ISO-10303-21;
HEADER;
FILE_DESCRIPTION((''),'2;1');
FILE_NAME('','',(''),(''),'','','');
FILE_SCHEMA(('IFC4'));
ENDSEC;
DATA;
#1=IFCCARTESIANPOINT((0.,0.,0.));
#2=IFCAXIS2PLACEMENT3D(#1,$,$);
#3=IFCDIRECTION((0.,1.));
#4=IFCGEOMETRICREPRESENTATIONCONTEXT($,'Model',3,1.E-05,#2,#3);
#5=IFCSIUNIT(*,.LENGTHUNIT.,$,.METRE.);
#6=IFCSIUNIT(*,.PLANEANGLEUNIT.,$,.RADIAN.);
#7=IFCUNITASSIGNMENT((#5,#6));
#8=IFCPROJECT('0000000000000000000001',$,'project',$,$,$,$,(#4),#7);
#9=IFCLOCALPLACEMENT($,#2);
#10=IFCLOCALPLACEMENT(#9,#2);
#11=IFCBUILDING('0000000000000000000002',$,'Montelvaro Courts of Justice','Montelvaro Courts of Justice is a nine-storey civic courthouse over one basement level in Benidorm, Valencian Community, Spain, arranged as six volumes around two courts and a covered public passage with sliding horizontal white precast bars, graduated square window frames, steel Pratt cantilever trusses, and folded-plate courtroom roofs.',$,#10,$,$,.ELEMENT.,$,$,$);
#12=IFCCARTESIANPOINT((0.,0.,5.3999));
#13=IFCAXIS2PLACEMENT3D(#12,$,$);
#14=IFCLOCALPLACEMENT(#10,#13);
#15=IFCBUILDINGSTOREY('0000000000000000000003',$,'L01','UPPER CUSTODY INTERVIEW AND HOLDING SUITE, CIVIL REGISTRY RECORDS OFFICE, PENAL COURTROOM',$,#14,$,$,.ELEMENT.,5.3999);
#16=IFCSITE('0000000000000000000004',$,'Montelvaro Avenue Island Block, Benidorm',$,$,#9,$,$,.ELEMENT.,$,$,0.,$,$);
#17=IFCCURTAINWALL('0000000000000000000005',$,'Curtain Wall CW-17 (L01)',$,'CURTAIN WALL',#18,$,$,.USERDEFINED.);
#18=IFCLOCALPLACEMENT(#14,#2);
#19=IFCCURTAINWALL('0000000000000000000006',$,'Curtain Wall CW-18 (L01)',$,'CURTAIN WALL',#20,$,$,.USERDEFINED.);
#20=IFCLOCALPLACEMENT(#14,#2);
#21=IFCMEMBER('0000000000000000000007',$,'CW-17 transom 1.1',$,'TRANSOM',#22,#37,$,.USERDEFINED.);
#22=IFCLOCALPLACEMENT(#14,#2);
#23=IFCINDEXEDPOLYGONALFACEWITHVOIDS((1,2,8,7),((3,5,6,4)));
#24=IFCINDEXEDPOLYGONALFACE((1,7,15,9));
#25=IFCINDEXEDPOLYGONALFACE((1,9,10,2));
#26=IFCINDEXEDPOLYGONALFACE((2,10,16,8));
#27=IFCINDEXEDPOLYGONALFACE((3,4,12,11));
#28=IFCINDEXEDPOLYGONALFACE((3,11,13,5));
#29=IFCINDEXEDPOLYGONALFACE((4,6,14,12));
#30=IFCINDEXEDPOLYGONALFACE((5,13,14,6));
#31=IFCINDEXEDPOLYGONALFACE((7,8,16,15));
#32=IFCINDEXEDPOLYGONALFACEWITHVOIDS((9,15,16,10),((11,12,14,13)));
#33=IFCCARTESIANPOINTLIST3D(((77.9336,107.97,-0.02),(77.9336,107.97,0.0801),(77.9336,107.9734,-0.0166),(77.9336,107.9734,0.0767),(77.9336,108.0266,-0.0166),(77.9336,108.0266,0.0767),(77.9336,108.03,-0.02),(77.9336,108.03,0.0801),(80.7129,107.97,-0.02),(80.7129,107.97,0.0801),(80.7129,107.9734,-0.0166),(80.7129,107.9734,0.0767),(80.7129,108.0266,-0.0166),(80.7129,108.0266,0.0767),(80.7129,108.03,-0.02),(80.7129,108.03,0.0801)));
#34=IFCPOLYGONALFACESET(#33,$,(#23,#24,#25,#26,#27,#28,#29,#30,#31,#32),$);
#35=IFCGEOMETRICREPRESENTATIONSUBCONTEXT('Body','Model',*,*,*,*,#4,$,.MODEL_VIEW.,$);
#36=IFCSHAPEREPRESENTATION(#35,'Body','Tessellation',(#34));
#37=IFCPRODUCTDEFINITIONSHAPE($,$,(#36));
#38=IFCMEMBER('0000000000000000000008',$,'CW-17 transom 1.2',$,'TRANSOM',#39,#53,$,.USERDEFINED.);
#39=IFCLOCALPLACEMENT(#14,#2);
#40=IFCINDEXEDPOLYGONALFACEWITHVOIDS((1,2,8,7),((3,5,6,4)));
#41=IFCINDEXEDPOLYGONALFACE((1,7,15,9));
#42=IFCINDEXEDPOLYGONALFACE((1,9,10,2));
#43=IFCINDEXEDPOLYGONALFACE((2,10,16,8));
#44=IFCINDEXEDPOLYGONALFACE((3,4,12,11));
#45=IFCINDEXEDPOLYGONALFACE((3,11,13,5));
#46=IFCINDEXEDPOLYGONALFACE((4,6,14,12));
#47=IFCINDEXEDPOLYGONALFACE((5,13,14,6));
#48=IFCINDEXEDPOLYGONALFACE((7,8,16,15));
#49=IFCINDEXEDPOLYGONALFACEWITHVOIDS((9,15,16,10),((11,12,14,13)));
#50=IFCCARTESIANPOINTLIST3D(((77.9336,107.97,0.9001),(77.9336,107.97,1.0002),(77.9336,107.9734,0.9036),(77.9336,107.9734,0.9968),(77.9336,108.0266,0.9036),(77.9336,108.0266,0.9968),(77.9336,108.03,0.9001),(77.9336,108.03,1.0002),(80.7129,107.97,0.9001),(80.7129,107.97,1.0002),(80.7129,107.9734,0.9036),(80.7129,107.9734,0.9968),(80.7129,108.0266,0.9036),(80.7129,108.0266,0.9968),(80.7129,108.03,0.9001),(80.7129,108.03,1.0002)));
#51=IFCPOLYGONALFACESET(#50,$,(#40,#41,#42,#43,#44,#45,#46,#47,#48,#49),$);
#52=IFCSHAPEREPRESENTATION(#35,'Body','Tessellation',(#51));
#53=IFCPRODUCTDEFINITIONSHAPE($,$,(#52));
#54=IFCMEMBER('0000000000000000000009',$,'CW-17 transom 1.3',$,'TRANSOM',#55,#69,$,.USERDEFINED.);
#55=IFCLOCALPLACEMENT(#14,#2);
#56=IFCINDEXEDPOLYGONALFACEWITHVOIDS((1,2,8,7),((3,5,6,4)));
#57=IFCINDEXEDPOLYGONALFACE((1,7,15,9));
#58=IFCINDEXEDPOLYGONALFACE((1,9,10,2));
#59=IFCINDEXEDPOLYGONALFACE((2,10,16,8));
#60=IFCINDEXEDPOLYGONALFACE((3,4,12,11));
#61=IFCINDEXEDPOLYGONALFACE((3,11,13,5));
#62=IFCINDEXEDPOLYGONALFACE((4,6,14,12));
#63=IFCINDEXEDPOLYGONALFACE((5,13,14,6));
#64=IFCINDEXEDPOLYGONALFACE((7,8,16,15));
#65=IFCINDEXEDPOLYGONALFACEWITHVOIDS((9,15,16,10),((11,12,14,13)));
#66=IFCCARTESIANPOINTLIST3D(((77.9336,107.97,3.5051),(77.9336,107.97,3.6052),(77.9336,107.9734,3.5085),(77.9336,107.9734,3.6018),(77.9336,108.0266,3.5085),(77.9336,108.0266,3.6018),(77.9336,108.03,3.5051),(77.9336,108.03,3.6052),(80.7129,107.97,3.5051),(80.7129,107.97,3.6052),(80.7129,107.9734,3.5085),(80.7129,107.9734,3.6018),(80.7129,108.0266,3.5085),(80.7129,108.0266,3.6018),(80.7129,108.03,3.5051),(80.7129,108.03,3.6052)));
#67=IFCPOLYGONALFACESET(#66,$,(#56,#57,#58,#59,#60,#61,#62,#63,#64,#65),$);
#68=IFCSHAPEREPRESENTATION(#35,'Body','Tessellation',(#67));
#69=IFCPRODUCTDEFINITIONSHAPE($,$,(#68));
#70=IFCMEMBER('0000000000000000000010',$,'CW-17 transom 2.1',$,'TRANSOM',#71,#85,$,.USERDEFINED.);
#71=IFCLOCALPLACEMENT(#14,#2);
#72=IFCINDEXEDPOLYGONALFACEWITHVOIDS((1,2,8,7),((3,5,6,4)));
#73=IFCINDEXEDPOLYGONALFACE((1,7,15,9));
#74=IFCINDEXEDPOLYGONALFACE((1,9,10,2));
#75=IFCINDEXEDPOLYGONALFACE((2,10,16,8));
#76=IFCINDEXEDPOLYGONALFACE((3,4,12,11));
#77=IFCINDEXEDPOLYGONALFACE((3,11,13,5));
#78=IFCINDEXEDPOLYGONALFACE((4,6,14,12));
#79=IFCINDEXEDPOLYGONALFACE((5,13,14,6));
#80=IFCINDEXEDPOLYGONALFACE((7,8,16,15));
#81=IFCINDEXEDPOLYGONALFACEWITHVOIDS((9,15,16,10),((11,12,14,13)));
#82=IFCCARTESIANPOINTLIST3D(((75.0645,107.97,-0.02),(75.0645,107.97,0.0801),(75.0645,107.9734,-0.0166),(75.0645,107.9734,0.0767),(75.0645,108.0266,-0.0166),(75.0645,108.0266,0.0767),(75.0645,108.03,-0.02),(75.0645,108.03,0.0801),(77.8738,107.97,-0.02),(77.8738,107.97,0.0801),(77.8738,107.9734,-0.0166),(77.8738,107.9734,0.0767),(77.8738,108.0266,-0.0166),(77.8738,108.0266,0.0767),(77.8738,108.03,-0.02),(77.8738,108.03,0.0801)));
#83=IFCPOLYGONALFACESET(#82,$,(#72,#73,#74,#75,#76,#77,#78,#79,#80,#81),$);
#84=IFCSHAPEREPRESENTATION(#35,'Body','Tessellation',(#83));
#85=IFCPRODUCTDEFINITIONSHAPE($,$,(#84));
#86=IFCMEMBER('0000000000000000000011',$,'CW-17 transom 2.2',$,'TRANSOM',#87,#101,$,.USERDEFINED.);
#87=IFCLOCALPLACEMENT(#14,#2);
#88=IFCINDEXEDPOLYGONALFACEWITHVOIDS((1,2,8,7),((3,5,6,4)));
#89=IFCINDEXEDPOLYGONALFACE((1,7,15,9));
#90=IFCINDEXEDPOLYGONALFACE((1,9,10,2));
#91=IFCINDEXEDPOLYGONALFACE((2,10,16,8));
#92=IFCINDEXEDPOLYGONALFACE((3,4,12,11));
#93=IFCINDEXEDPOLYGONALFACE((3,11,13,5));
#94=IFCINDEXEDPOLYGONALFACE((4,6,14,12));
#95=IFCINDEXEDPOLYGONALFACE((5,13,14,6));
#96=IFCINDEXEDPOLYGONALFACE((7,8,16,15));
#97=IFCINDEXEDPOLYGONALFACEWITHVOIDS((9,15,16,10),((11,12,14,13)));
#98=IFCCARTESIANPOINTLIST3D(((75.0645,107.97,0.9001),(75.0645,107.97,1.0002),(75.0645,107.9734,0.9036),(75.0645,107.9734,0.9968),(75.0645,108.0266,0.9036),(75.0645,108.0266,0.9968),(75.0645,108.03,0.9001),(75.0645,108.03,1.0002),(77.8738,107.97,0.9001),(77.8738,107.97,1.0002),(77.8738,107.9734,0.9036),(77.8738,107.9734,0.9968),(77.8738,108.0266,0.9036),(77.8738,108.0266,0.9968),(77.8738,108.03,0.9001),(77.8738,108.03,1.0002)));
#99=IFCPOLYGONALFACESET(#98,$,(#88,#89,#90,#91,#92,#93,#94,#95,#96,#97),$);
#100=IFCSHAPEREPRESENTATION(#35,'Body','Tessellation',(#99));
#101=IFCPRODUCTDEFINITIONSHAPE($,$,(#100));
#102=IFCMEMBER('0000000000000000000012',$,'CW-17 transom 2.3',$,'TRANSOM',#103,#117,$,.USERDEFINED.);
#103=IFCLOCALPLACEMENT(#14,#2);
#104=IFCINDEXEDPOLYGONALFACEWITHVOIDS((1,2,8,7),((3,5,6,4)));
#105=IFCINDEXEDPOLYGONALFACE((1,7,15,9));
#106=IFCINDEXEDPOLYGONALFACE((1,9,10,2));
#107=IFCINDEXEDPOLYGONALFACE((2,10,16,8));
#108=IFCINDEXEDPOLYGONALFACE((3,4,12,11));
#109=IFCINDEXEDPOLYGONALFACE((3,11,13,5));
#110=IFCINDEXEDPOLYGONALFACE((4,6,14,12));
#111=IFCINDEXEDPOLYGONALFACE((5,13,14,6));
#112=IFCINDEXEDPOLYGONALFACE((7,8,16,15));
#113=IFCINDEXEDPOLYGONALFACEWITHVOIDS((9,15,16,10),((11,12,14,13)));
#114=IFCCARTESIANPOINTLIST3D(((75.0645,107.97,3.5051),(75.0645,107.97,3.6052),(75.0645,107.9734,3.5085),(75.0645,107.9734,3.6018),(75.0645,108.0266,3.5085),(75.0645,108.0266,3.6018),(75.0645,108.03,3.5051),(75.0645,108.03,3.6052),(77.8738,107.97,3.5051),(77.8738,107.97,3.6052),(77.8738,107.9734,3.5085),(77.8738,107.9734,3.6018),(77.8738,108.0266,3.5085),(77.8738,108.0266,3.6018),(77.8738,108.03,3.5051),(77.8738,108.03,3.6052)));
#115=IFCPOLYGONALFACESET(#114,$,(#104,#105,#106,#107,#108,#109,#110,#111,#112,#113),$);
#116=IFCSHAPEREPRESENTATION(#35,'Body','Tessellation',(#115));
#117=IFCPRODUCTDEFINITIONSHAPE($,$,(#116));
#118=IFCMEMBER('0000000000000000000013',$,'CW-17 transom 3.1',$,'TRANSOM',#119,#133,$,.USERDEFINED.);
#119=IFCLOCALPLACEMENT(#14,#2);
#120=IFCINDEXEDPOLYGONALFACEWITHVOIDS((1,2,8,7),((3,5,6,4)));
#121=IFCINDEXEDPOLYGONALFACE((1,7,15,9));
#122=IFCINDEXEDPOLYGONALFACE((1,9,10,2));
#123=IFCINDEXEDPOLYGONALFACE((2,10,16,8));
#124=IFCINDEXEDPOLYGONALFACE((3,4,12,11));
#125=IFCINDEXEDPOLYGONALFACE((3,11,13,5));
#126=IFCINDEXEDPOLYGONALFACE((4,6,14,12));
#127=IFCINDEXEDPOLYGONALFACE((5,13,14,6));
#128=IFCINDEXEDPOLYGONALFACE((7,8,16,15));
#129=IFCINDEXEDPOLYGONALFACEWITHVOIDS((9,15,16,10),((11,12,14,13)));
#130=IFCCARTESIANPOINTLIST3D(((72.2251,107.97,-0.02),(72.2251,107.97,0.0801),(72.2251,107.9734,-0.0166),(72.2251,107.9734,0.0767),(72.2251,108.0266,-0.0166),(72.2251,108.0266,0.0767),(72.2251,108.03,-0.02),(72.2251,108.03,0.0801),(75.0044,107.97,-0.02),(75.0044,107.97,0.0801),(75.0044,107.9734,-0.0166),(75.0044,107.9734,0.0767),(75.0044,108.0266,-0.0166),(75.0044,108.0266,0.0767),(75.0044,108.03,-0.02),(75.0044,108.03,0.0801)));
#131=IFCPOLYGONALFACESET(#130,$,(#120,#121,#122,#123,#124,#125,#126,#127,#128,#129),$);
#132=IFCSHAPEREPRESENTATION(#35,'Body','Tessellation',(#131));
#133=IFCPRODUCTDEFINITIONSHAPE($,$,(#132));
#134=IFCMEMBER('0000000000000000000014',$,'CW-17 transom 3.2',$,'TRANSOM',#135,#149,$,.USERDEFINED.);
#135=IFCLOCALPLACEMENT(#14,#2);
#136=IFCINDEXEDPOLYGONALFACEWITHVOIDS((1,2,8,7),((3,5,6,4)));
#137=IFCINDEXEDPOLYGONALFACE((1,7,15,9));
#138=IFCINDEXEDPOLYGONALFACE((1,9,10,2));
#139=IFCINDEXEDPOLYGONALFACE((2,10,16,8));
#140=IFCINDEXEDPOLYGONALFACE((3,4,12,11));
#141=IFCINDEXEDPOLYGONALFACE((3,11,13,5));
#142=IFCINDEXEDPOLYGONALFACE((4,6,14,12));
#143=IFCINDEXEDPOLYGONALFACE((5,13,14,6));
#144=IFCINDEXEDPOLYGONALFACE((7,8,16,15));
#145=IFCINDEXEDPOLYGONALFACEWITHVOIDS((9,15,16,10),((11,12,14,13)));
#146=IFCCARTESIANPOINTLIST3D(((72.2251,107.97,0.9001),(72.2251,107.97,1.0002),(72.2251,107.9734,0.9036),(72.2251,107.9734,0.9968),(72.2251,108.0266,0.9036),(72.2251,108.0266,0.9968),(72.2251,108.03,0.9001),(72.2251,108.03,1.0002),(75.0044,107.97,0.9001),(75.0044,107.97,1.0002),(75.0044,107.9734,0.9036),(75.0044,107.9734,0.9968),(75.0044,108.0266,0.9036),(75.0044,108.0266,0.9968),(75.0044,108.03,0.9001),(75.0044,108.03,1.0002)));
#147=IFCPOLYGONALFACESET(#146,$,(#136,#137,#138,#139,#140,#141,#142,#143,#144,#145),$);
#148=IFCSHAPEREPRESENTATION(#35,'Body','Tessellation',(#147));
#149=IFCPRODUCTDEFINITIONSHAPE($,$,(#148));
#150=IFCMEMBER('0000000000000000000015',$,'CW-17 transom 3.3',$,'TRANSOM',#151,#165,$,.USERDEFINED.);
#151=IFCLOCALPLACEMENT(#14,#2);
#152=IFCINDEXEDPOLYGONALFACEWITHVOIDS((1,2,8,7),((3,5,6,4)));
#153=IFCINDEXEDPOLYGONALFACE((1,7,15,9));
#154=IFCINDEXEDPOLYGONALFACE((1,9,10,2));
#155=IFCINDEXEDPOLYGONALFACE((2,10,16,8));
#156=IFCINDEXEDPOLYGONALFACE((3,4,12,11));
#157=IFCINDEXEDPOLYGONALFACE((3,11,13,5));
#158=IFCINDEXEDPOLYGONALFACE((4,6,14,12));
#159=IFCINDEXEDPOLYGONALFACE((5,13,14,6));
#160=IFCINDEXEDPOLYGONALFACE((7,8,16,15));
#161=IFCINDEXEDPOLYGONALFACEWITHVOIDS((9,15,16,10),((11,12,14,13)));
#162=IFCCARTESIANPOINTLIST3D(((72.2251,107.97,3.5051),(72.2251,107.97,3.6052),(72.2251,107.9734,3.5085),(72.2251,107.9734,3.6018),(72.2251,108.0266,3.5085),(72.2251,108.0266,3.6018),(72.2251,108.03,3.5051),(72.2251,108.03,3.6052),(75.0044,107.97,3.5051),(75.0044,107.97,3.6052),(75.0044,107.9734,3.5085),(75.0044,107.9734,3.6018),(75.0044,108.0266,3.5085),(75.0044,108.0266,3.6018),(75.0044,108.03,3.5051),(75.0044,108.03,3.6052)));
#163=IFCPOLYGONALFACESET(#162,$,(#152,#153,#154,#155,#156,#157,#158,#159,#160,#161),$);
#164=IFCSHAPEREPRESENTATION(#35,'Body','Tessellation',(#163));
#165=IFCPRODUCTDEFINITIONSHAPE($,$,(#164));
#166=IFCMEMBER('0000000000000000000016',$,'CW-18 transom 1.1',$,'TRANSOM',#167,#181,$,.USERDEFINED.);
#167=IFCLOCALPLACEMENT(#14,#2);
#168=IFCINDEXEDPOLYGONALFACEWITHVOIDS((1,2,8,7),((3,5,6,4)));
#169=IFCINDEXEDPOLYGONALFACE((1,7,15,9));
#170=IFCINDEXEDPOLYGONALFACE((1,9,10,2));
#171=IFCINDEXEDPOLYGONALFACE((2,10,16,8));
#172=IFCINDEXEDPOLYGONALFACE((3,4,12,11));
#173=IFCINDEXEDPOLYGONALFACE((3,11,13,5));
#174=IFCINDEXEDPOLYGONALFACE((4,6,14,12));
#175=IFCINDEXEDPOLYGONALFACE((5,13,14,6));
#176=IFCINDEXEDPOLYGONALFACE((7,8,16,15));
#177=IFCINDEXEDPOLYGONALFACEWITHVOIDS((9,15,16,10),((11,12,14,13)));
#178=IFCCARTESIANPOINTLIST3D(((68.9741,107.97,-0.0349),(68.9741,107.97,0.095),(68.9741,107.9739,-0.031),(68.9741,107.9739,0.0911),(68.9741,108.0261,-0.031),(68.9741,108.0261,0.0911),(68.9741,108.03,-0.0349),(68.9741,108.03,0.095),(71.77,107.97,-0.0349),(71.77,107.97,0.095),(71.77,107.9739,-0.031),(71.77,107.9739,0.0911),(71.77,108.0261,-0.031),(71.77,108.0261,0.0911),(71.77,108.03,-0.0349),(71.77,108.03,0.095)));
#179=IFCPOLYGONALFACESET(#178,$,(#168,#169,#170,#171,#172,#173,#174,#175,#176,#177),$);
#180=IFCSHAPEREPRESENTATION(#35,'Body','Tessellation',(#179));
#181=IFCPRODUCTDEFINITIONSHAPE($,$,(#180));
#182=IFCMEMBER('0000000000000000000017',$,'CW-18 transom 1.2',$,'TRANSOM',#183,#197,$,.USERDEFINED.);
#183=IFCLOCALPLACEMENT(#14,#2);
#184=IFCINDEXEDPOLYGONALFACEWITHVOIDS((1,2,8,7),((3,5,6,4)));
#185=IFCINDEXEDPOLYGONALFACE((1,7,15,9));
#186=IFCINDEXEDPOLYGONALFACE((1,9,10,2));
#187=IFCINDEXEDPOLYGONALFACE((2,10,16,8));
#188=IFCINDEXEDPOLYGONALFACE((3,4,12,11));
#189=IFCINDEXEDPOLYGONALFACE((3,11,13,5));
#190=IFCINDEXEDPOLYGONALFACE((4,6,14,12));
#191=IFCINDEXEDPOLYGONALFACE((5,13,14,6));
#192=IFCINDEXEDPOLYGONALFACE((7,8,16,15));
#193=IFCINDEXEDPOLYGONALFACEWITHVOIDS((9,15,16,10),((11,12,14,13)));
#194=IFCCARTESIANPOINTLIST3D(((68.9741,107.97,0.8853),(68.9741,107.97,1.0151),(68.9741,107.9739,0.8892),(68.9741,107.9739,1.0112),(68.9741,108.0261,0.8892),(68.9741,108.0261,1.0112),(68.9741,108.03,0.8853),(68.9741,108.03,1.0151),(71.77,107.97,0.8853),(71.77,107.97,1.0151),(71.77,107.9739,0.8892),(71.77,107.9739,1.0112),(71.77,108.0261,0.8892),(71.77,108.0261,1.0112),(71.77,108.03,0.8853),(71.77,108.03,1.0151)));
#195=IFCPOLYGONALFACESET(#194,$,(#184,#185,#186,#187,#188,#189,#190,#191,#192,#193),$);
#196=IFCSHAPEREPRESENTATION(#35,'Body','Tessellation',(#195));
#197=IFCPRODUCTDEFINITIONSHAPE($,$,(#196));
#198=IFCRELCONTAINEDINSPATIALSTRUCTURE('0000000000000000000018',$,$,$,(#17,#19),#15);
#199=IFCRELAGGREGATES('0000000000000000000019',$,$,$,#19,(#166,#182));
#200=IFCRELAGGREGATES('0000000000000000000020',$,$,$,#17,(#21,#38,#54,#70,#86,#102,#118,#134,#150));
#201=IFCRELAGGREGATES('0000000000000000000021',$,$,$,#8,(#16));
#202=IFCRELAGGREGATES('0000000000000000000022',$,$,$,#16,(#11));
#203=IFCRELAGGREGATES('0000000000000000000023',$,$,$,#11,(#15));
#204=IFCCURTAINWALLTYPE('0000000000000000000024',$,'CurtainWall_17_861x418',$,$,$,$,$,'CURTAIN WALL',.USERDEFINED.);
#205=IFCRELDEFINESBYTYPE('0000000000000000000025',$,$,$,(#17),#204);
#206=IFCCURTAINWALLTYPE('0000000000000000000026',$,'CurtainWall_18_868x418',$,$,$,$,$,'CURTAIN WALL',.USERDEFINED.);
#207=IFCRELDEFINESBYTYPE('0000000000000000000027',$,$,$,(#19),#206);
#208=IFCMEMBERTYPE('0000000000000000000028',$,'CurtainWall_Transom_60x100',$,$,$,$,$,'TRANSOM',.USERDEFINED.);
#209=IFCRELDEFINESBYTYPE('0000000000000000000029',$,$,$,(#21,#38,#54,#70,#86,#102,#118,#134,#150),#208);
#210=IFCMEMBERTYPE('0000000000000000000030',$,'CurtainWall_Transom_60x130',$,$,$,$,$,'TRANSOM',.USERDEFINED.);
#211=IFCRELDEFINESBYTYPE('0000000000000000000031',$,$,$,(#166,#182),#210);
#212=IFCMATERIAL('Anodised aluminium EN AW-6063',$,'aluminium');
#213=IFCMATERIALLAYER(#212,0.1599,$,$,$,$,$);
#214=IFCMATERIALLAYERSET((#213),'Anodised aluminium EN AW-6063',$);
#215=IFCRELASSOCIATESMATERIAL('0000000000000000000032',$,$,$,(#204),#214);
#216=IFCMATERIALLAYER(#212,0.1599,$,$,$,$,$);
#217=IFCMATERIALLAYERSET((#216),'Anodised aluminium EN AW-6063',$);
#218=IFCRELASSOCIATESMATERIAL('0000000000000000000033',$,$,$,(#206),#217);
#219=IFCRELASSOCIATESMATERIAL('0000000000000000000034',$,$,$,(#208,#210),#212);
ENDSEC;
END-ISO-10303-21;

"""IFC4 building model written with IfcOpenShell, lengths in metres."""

from ifc_helpers import new_model, si_unit, direction, frame, origin, origin_2d, place, context, subcontext, project, spatial, hollow_rectangle, extrude, material, layer, layer_set, material_profile, profile_set, type_object, element, aggregate, save


model = new_model("IFC4")

# Units and contexts
model_context = context("Model", 3, precision=1e-05, world=origin(), true_north=direction((0.0, 1.0)))
body_context = subcontext(model_context, "Body", "Model", "MODEL_VIEW")
ifc_project = project(units=[si_unit("LENGTHUNIT", "METRE"), si_unit("PLANEANGLEUNIT", "RADIAN")], contexts=[model_context])

# Site, building, storey
site_placement = place(None, origin())
site = spatial("IfcSite", under=ifc_project, at=site_placement, Name="Montelvaro Avenue Island Block, Benidorm", CompositionType="ELEMENT", RefElevation=0.0)
building_placement = place(site_placement, origin())
building = spatial("IfcBuilding", under=site, at=building_placement, Name="Montelvaro Courts of Justice", Description="Montelvaro Courts of Justice is a nine-storey civic courthouse over one basement level in Benidorm, Valencian Community, Spain, arranged as six volumes around two courts and a covered public passage with sliding horizontal white precast bars, graduated square window frames, steel Pratt cantilever trusses, and folded-plate courtroom roofs.", CompositionType="ELEMENT")
storey_placement = place(building_placement, frame((0.0, 0.0, 5.3999)))
storey = spatial("IfcBuildingStorey", under=building, at=storey_placement, Name="L01", Description="UPPER CUSTODY INTERVIEW AND HOLDING SUITE, CIVIL REGISTRY RECORDS OFFICE, PENAL COURTROOM", CompositionType="ELEMENT", Elevation=5.3999)

# Curtain wall
ifc_material_1 = material(Name="Anodised aluminium EN AW-6063", Category="aluminium")
ifc_layer_1 = layer(ifc_material_1, 0.1599)
ifc_layer_set_1 = layer_set([ifc_layer_1], Name="Anodised aluminium EN AW-6063")
curtain_wall_type_1 = type_object("IfcCurtainWallType", Name="CurtainWall_17_861x418", ElementType="CURTAIN WALL", PredefinedType="USERDEFINED", material=ifc_layer_set_1)
curtain_wall_1_placement = place(storey_placement, origin())
curtain_wall_1 = element("IfcCurtainWall", 1, at=curtain_wall_1_placement, inside=storey, type_object=curtain_wall_type_1, Name="Curtain Wall CW-17 (L01)", ObjectType="CURTAIN WALL", PredefinedType="USERDEFINED")

# Curtain wall
ifc_layer_2 = layer(ifc_material_1, 0.1599)
ifc_layer_set_2 = layer_set([ifc_layer_2], Name="Anodised aluminium EN AW-6063")
curtain_wall_type_2 = type_object("IfcCurtainWallType", Name="CurtainWall_18_868x418", ElementType="CURTAIN WALL", PredefinedType="USERDEFINED", material=ifc_layer_set_2)
curtain_wall_2_placement = place(storey_placement, origin())
curtain_wall_2 = element("IfcCurtainWall", 2, at=curtain_wall_2_placement, inside=storey, type_object=curtain_wall_type_2, Name="Curtain Wall CW-18 (L01)", ObjectType="CURTAIN WALL", PredefinedType="USERDEFINED")

# Members
ifc_material_profile_1 = material_profile(ifc_material_1, hollow_rectangle(XDim=0.0601, YDim=0.1001, WallThickness=0.0034, at=origin_2d()), Name="ALU-T 60x100")
ifc_profile_set_1 = profile_set([ifc_material_profile_1], Name="Anodised aluminium EN AW-6063")
member_type_1 = type_object("IfcMemberType", Name="CurtainWall_Transom_60x100", ElementType="TRANSOM", PredefinedType="USERDEFINED", material=ifc_profile_set_1)
member_1_placement = place(storey_placement, frame((80.7129, 108.0, 0.03), z_axis=(-1.0, 0.0, 0.0), x_axis=(0.0, -1.0, 0.0)))
member_1 = element("IfcMember", 3, at=member_1_placement, type_object=member_type_1, Name="CW-17 transom 1.1", ObjectType="TRANSOM", PredefinedType="USERDEFINED", context=body_context, shape_type="SweptSolid", body=[
    extrude(hollow_rectangle(XDim=0.0601, YDim=0.1001, WallThickness=0.0034, at=origin_2d()), origin(), (0.0, 0.0, 1.0), 2.7793),
])
member_2_placement = place(storey_placement, frame((80.7129, 108.0, 0.9502), z_axis=(-1.0, 0.0, 0.0), x_axis=(0.0, -1.0, 0.0)))
member_2 = element("IfcMember", 4, at=member_2_placement, type_object=member_type_1, Name="CW-17 transom 1.2", ObjectType="TRANSOM", PredefinedType="USERDEFINED", context=body_context, shape_type="SweptSolid", body=[
    extrude(hollow_rectangle(XDim=0.0601, YDim=0.1001, WallThickness=0.0034, at=origin_2d()), origin(), (0.0, 0.0, 1.0), 2.7793),
])
member_3_placement = place(storey_placement, frame((80.7129, 108.0, 3.5552), z_axis=(-1.0, 0.0, 0.0), x_axis=(0.0, -1.0, 0.0)))
member_3 = element("IfcMember", 5, at=member_3_placement, type_object=member_type_1, Name="CW-17 transom 1.3", ObjectType="TRANSOM", PredefinedType="USERDEFINED", context=body_context, shape_type="SweptSolid", body=[
    extrude(hollow_rectangle(XDim=0.0601, YDim=0.1001, WallThickness=0.0034, at=origin_2d()), origin(), (0.0, 0.0, 1.0), 2.7793),
])
member_4_placement = place(storey_placement, frame((77.8738, 108.0, 0.03), z_axis=(-1.0, 0.0, 0.0), x_axis=(0.0, -1.0, 0.0)))
member_4 = element("IfcMember", 6, at=member_4_placement, type_object=member_type_1, Name="CW-17 transom 2.1", ObjectType="TRANSOM", PredefinedType="USERDEFINED", context=body_context, shape_type="SweptSolid", body=[
    extrude(hollow_rectangle(XDim=0.0601, YDim=0.1001, WallThickness=0.0034, at=origin_2d()), origin(), (0.0, 0.0, 1.0), 2.8093),
])
member_5_placement = place(storey_placement, frame((77.8738, 108.0, 0.9502), z_axis=(-1.0, 0.0, 0.0), x_axis=(0.0, -1.0, 0.0)))
member_5 = element("IfcMember", 7, at=member_5_placement, type_object=member_type_1, Name="CW-17 transom 2.2", ObjectType="TRANSOM", PredefinedType="USERDEFINED", context=body_context, shape_type="SweptSolid", body=[
    extrude(hollow_rectangle(XDim=0.0601, YDim=0.1001, WallThickness=0.0034, at=origin_2d()), origin(), (0.0, 0.0, 1.0), 2.8093),
])
member_6_placement = place(storey_placement, frame((77.8738, 108.0, 3.5552), z_axis=(-1.0, 0.0, 0.0), x_axis=(0.0, -1.0, 0.0)))
member_6 = element("IfcMember", 8, at=member_6_placement, type_object=member_type_1, Name="CW-17 transom 2.3", ObjectType="TRANSOM", PredefinedType="USERDEFINED", context=body_context, shape_type="SweptSolid", body=[
    extrude(hollow_rectangle(XDim=0.0601, YDim=0.1001, WallThickness=0.0034, at=origin_2d()), origin(), (0.0, 0.0, 1.0), 2.8093),
])
member_7_placement = place(storey_placement, frame((75.0044, 108.0, 0.03), z_axis=(-1.0, 0.0, 0.0), x_axis=(0.0, -1.0, 0.0)))
member_7 = element("IfcMember", 9, at=member_7_placement, type_object=member_type_1, Name="CW-17 transom 3.1", ObjectType="TRANSOM", PredefinedType="USERDEFINED", context=body_context, shape_type="SweptSolid", body=[
    extrude(hollow_rectangle(XDim=0.0601, YDim=0.1001, WallThickness=0.0034, at=origin_2d()), origin(), (0.0, 0.0, 1.0), 2.7793),
])
member_8_placement = place(storey_placement, frame((75.0044, 108.0, 0.9502), z_axis=(-1.0, 0.0, 0.0), x_axis=(0.0, -1.0, 0.0)))
member_8 = element("IfcMember", 10, at=member_8_placement, type_object=member_type_1, Name="CW-17 transom 3.2", ObjectType="TRANSOM", PredefinedType="USERDEFINED", context=body_context, shape_type="SweptSolid", body=[
    extrude(hollow_rectangle(XDim=0.0601, YDim=0.1001, WallThickness=0.0034, at=origin_2d()), origin(), (0.0, 0.0, 1.0), 2.7793),
])
member_9_placement = place(storey_placement, frame((75.0044, 108.0, 3.5552), z_axis=(-1.0, 0.0, 0.0), x_axis=(0.0, -1.0, 0.0)))
member_9 = element("IfcMember", 11, at=member_9_placement, type_object=member_type_1, Name="CW-17 transom 3.3", ObjectType="TRANSOM", PredefinedType="USERDEFINED", context=body_context, shape_type="SweptSolid", body=[
    extrude(hollow_rectangle(XDim=0.0601, YDim=0.1001, WallThickness=0.0034, at=origin_2d()), origin(), (0.0, 0.0, 1.0), 2.7793),
])
ifc_material_profile_2 = material_profile(ifc_material_1, hollow_rectangle(XDim=0.0601, YDim=0.1299, WallThickness=0.0039, at=origin_2d()), Name="ALU-T 60x130")
ifc_profile_set_2 = profile_set([ifc_material_profile_2], Name="Anodised aluminium EN AW-6063")
member_type_2 = type_object("IfcMemberType", Name="CurtainWall_Transom_60x130", ElementType="TRANSOM", PredefinedType="USERDEFINED", material=ifc_profile_set_2)
member_10_placement = place(storey_placement, frame((71.77, 108.0, 0.03), z_axis=(-1.0, 0.0, 0.0), x_axis=(0.0, -1.0, 0.0)))
member_10 = element("IfcMember", 12, at=member_10_placement, type_object=member_type_2, Name="CW-18 transom 1.1", ObjectType="TRANSOM", PredefinedType="USERDEFINED", context=body_context, shape_type="SweptSolid", body=[
    extrude(hollow_rectangle(XDim=0.0601, YDim=0.1299, WallThickness=0.0039, at=origin_2d()), origin(), (0.0, 0.0, 1.0), 2.7959),
])
member_11_placement = place(storey_placement, frame((71.77, 108.0, 0.9502), z_axis=(-1.0, 0.0, 0.0), x_axis=(0.0, -1.0, 0.0)))
member_11 = element("IfcMember", 13, at=member_11_placement, type_object=member_type_2, Name="CW-18 transom 1.2", ObjectType="TRANSOM", PredefinedType="USERDEFINED", context=body_context, shape_type="SweptSolid", body=[
    extrude(hollow_rectangle(XDim=0.0601, YDim=0.1299, WallThickness=0.0039, at=origin_2d()), origin(), (0.0, 0.0, 1.0), 2.7959),
])
aggregate(curtain_wall_2, [member_10, member_11])

aggregate(curtain_wall_1, [member_1, member_2, member_3, member_4, member_5, member_6, member_7, member_8, member_9])

save(model, "model.ifc")
